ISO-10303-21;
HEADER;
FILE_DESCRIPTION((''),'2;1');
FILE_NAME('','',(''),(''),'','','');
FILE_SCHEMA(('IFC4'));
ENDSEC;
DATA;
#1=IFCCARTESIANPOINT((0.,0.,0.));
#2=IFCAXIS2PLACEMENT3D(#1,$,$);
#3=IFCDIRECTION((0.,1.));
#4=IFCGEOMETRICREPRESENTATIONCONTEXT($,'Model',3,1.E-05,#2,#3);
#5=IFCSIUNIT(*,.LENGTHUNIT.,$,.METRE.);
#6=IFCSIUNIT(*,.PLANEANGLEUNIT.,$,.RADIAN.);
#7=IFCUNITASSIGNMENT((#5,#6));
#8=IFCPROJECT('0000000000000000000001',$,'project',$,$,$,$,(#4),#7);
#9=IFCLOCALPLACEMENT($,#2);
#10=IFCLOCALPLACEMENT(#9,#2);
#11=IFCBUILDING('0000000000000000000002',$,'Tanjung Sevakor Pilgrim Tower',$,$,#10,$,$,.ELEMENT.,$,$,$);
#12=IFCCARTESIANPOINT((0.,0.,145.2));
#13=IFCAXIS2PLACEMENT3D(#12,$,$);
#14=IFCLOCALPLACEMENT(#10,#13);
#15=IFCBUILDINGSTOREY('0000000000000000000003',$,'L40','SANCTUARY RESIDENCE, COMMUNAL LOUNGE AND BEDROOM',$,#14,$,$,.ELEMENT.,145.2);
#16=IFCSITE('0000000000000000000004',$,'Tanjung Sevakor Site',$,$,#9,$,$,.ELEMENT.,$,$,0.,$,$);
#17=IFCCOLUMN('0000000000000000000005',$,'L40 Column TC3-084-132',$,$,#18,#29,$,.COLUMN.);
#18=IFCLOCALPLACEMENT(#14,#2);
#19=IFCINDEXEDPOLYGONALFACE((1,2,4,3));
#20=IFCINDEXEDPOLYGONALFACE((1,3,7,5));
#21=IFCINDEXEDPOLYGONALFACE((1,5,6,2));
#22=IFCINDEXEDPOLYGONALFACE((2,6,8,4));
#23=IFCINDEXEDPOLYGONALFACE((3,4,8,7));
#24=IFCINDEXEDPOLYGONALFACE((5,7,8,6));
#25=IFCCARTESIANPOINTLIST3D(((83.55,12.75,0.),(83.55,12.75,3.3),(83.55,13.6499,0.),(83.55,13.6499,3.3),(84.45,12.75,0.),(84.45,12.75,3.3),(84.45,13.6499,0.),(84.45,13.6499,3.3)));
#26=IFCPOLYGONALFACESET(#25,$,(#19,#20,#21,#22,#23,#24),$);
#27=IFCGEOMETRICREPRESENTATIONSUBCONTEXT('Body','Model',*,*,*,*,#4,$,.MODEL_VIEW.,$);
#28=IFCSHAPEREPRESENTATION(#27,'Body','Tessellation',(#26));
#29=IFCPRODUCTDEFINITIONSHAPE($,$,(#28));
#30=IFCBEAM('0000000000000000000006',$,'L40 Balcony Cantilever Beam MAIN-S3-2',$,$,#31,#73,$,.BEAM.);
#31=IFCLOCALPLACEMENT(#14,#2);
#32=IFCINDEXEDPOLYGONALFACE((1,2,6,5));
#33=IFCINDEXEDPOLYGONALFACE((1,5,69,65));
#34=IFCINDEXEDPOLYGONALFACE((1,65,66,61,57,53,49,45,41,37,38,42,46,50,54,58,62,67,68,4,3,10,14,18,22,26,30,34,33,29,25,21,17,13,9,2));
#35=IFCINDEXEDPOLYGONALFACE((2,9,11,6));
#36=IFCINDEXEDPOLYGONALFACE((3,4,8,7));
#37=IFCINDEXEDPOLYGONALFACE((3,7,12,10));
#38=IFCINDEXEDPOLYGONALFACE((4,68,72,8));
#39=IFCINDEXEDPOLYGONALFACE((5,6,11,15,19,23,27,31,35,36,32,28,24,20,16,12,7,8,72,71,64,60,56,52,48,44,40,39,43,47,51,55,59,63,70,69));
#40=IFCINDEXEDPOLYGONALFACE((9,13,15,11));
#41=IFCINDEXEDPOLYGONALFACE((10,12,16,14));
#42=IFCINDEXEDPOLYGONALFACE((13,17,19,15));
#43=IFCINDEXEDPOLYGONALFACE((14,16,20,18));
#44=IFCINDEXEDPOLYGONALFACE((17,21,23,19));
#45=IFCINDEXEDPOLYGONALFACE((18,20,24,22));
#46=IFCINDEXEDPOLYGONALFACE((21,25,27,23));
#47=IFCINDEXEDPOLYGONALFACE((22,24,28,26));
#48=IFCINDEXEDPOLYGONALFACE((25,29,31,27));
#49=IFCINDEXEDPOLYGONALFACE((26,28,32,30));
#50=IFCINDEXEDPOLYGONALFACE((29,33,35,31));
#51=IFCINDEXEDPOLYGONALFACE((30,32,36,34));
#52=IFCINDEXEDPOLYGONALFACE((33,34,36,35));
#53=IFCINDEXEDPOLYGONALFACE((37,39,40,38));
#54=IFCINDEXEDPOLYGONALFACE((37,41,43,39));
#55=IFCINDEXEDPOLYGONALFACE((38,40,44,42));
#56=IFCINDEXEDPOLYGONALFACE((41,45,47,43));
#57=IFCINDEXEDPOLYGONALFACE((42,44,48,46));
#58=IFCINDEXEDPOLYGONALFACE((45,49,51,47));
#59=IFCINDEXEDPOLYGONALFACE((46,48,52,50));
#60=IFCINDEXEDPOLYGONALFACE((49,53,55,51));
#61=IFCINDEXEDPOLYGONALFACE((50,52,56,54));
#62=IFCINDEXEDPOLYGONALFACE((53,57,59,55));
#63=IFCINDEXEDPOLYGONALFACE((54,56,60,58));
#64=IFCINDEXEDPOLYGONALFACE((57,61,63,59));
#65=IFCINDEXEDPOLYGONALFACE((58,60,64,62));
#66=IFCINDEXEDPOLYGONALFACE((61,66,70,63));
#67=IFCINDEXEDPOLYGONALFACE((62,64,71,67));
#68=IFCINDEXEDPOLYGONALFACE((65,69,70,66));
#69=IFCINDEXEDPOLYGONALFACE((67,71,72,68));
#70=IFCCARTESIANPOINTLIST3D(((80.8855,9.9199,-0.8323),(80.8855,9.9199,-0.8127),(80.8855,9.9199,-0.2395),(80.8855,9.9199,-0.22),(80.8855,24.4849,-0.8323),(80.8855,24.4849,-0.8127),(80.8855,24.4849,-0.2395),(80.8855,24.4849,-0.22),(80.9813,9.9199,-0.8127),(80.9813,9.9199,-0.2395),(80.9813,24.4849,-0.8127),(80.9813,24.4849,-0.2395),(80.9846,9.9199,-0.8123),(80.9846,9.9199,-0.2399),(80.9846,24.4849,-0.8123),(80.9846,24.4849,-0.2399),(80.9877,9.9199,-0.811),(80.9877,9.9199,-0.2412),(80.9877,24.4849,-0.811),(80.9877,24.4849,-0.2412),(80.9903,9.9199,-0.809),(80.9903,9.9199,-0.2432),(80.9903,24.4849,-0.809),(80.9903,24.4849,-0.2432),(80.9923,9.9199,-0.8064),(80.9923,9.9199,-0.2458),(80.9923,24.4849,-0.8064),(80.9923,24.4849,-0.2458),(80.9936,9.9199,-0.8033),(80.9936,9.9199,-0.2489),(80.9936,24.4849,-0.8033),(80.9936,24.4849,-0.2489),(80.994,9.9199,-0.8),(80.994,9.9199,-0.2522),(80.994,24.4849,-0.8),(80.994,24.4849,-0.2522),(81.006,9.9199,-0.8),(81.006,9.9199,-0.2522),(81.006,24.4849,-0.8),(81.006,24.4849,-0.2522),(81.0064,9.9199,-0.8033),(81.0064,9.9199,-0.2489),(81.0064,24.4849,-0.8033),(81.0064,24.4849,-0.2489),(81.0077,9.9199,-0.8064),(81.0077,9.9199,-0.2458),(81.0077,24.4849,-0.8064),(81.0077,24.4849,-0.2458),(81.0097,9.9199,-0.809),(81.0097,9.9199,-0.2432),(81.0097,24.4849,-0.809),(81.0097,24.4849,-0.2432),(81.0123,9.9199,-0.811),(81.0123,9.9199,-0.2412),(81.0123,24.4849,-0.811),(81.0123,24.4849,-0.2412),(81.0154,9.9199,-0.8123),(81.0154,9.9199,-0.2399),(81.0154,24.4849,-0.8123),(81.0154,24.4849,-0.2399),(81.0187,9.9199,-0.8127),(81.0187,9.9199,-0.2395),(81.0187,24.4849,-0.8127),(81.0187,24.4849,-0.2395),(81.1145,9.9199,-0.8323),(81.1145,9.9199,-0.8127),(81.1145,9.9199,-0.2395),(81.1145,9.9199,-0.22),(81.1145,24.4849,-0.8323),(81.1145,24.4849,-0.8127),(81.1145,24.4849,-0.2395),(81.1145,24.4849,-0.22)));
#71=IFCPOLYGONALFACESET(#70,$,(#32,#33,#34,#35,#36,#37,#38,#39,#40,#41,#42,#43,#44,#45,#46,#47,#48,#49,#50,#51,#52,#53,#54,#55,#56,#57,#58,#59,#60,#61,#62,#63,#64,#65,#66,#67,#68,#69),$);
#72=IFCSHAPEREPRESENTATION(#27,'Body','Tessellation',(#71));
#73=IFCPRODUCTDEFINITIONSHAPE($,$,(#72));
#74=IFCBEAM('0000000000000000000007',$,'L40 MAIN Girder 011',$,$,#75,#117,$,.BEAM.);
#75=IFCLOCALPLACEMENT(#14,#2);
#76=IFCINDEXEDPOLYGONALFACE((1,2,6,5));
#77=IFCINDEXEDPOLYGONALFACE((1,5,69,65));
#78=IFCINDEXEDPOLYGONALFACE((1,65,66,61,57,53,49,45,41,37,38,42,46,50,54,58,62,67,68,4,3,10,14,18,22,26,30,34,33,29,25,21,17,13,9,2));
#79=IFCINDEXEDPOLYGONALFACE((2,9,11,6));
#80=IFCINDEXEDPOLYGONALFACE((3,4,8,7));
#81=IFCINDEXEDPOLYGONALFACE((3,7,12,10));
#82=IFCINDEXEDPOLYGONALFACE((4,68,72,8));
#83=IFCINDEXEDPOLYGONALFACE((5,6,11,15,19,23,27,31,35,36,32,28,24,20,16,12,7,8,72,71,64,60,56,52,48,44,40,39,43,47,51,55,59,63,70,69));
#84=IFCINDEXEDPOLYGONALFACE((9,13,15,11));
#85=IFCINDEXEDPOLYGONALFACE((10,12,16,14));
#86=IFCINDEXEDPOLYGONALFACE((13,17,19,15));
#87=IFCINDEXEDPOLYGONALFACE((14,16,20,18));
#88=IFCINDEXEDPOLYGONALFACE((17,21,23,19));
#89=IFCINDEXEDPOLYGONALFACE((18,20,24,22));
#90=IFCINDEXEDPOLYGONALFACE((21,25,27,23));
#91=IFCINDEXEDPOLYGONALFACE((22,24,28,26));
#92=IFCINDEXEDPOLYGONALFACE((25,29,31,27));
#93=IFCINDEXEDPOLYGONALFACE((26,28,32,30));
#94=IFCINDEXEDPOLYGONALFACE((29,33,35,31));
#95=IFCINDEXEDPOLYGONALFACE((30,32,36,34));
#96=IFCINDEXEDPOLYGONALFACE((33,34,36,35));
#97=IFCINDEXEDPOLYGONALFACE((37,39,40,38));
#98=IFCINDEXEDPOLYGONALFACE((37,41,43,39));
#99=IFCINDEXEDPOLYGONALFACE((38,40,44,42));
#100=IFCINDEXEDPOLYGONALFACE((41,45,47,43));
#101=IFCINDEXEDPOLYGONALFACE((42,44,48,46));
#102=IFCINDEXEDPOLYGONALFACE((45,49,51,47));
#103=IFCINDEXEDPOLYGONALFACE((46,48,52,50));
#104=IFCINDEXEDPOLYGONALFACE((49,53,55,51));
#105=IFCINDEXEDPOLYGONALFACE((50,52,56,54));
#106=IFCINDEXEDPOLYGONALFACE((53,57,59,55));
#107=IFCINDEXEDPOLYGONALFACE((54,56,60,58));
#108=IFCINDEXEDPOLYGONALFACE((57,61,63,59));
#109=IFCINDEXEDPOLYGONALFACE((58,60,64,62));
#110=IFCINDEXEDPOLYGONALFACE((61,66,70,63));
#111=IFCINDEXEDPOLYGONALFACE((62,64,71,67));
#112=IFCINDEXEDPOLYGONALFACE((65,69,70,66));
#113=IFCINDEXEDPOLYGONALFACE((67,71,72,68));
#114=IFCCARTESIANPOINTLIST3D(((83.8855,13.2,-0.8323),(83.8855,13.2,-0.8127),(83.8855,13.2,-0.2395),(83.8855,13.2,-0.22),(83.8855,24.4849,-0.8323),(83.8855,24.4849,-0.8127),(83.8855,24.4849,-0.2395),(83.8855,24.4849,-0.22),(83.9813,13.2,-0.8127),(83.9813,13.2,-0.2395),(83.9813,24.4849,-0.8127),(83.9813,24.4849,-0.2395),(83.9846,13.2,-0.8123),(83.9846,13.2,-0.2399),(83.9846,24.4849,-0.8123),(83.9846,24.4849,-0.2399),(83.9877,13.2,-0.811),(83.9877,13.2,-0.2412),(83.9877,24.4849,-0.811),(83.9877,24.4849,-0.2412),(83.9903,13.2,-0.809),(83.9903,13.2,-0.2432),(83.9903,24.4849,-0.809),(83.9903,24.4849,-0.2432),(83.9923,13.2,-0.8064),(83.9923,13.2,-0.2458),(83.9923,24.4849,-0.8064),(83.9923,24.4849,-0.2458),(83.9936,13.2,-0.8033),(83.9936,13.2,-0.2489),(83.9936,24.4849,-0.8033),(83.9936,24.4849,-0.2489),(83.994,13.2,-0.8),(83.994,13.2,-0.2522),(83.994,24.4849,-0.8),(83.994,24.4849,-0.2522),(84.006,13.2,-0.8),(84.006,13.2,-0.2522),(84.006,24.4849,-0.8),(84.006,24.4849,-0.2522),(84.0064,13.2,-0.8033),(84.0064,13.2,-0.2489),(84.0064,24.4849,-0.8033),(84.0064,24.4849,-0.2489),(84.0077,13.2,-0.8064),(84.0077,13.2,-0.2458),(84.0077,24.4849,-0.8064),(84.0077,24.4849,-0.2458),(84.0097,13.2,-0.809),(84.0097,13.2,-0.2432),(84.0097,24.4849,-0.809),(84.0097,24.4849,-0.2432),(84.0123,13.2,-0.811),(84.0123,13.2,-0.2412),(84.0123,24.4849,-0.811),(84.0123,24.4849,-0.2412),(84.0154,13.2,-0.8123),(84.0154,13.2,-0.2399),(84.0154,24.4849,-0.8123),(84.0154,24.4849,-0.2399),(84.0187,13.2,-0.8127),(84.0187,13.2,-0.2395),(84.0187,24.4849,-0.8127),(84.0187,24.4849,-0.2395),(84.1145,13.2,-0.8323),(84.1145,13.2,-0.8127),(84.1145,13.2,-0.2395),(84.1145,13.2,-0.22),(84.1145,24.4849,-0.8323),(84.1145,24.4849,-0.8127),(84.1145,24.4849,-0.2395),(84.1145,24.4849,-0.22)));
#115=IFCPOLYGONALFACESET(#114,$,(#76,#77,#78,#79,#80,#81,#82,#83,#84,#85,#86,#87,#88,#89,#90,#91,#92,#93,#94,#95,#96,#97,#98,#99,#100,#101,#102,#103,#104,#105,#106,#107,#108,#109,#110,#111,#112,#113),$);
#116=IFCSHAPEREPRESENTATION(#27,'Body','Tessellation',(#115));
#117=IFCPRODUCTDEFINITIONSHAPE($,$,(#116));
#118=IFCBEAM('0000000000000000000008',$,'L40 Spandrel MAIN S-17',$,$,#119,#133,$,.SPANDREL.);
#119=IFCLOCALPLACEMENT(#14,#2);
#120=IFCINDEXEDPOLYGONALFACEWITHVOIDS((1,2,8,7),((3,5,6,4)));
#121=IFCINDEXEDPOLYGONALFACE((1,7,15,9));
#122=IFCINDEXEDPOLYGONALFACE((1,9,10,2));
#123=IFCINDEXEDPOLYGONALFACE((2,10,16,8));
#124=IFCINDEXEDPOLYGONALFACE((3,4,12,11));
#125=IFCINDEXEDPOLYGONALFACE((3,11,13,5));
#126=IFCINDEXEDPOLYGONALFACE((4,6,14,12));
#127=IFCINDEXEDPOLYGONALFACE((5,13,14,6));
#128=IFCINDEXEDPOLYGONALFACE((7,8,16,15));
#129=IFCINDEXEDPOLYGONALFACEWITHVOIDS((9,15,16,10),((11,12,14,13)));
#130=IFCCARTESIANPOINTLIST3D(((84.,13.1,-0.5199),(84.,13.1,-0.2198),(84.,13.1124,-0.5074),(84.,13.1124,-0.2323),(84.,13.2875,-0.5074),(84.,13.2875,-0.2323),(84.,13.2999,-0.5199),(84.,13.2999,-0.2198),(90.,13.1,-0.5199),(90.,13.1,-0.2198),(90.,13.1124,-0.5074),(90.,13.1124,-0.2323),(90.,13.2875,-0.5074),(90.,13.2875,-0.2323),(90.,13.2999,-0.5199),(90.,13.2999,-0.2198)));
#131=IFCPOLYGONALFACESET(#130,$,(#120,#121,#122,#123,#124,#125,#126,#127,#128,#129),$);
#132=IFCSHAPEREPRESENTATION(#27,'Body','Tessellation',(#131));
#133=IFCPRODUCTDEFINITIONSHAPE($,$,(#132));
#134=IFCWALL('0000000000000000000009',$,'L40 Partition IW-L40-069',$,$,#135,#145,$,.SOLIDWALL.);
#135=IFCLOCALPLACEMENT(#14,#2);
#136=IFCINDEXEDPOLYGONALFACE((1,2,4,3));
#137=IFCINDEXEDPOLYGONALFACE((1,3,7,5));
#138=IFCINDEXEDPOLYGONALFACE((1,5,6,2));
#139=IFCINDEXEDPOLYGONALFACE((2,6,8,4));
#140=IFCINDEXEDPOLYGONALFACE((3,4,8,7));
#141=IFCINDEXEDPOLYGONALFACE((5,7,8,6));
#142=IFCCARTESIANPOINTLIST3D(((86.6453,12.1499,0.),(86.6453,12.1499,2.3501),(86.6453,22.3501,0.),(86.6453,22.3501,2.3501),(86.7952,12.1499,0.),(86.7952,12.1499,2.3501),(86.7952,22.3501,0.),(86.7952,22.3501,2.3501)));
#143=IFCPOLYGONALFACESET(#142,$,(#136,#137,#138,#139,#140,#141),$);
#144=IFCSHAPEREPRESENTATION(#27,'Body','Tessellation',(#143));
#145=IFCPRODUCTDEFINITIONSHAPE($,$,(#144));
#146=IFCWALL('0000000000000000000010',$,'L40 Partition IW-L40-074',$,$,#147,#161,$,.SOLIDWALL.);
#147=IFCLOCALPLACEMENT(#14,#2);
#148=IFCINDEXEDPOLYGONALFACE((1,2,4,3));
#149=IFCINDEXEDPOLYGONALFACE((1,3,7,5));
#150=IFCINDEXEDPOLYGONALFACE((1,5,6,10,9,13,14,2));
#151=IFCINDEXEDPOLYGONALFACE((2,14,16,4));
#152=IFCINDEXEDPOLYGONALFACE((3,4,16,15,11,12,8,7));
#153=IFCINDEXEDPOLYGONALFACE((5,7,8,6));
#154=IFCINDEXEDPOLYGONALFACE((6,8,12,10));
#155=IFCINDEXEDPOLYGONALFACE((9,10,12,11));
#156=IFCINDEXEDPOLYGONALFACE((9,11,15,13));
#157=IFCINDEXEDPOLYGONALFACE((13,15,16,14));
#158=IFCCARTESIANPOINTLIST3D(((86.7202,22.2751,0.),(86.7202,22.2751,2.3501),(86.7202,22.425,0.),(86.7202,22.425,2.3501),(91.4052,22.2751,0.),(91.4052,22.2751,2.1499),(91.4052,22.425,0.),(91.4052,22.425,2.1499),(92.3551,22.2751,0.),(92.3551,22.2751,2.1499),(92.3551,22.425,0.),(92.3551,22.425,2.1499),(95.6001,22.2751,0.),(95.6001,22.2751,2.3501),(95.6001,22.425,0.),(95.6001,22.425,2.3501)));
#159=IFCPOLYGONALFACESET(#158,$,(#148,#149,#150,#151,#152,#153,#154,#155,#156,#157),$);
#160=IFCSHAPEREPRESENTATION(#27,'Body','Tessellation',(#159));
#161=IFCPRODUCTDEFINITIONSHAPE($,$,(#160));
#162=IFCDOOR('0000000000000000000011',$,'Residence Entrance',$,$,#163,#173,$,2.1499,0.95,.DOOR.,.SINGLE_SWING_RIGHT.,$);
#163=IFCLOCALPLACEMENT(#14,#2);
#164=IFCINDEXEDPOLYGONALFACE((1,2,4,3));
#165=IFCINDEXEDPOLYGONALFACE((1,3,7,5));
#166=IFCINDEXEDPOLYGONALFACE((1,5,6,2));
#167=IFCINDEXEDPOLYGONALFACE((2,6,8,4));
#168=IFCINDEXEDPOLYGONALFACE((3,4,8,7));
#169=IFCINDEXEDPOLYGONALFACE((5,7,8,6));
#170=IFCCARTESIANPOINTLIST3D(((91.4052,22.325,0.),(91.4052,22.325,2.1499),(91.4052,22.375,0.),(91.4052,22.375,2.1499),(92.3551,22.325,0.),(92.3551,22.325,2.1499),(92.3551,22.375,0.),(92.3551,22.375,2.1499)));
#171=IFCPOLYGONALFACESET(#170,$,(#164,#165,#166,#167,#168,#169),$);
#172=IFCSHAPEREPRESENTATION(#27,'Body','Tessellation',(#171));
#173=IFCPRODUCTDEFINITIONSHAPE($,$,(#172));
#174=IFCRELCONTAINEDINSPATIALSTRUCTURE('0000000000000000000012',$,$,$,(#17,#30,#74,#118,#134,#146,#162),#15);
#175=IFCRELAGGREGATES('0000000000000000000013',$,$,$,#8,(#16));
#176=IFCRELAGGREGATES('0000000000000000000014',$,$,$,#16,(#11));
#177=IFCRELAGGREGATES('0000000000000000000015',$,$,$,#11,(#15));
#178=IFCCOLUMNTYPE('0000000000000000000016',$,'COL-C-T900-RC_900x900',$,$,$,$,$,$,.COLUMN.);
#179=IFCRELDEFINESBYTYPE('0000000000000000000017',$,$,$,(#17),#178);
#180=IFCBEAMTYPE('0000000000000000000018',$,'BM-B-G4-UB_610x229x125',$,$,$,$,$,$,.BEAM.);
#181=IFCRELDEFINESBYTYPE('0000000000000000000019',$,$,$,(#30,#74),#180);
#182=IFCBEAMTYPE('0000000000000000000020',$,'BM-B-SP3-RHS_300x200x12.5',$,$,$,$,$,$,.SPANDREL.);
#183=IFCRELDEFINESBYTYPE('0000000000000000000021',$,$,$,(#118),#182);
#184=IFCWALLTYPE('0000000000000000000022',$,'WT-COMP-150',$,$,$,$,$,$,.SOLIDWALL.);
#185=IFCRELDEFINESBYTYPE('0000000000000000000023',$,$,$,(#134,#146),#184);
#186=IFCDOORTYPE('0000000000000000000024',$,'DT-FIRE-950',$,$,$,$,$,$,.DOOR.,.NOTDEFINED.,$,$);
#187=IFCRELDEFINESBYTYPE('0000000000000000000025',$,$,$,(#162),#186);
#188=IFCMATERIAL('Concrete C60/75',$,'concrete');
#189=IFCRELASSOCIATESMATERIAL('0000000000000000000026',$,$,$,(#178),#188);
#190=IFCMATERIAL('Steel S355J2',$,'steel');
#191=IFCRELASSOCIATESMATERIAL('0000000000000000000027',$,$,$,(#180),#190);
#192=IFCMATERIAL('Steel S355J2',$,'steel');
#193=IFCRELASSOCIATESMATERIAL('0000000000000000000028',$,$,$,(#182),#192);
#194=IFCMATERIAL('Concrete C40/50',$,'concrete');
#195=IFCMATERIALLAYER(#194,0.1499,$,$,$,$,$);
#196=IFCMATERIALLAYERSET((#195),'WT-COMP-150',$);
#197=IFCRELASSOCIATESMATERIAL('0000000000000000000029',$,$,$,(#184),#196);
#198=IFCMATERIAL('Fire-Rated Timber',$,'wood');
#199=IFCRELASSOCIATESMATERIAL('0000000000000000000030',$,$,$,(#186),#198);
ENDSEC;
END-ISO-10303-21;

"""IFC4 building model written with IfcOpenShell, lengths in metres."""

from ifc_helpers import new_model, si_unit, direction, frame, frame_2d, origin, origin_2d, place, context, subcontext, project, spatial, rectangle, hollow_rectangle, i_section, extrude, material, layer, layer_set, material_profile, profile_set, type_object, element, fill, save


model = new_model("IFC4")

# Units and contexts
model_context = context("Model", 3, precision=1e-05, world=origin(), true_north=direction((0.0, 1.0)))
body_context = subcontext(model_context, "Body", "Model", "MODEL_VIEW")
ifc_project = project(units=[si_unit("LENGTHUNIT", "METRE"), si_unit("PLANEANGLEUNIT", "RADIAN")], contexts=[model_context])

# Site, building, storey
site_placement = place(None, origin())
site = spatial("IfcSite", under=ifc_project, at=site_placement, Name="Tanjung Sevakor Site", CompositionType="ELEMENT", RefElevation=0.0)
building_placement = place(site_placement, origin())
building = spatial("IfcBuilding", under=site, at=building_placement, Name="Tanjung Sevakor Pilgrim Tower", CompositionType="ELEMENT")
storey_placement = place(building_placement, frame((0.0, 0.0, 145.2)))
storey = spatial("IfcBuildingStorey", under=building, at=storey_placement, Name="L40", Description="SANCTUARY RESIDENCE, COMMUNAL LOUNGE AND BEDROOM", CompositionType="ELEMENT", Elevation=145.2)

# Column
ifc_material_1 = material(Name="Concrete C60/75", Category="concrete")
ifc_material_profile_1 = material_profile(ifc_material_1, rectangle(XDim=0.8999, YDim=0.8999, at=origin_2d()))
ifc_profile_set_1 = profile_set([ifc_material_profile_1], Name="Concrete C60/75")
column_type = type_object("IfcColumnType", Name="COL-C-T900-RC_900x900", PredefinedType="COLUMN", material=ifc_profile_set_1)
column_placement = place(storey_placement, frame((84.0, 13.2, 0.0), z_axis=(0.0, 0.0, 1.0), x_axis=(1.0, 0.0, 0.0)))
element("IfcColumn", 1, at=column_placement, inside=storey, type_object=column_type, Name="L40 Column TC3-084-132", PredefinedType="COLUMN", context=body_context, shape_type="SweptSolid", body=[
    extrude(rectangle(XDim=0.8999, YDim=0.8999, at=origin_2d()), origin(), (0.0, 0.0, 1.0), 3.3),
])

# Beams
ifc_material_2 = material(Name="Steel S355J2", Category="steel")
ifc_material_profile_2 = material_profile(ifc_material_2, i_section(OverallWidth=0.229, OverallDepth=0.6123, WebThickness=0.012, FlangeThickness=0.0195, FilletRadius=0.0127, at=origin_2d()))
ifc_profile_set_2 = profile_set([ifc_material_profile_2], Name="Steel S355J2")
beam_type_1 = type_object("IfcBeamType", Name="BM-B-G4-UB_610x229x125", PredefinedType="BEAM", material=ifc_profile_set_2)
beam_1_placement = place(storey_placement, frame((81.0, 24.4849, -0.5261), z_axis=(0.0, -1.0, 0.0), x_axis=(1.0, 0.0, 0.0)))
element("IfcBeam", 2, at=beam_1_placement, inside=storey, type_object=beam_type_1, Name="L40 Balcony Cantilever Beam MAIN-S3-2", PredefinedType="BEAM", context=body_context, shape_type="SweptSolid", body=[
    extrude(i_section(OverallWidth=0.229, OverallDepth=0.6123, WebThickness=0.012, FlangeThickness=0.0195, FilletRadius=0.0127, at=origin_2d()), origin(), (0.0, 0.0, 1.0), 14.5649),
])
beam_2_placement = place(storey_placement, frame((84.0, 13.2, -0.5261), z_axis=(0.0, 1.0, 0.0), x_axis=(-1.0, 0.0, 0.0)))
element("IfcBeam", 3, at=beam_2_placement, inside=storey, type_object=beam_type_1, Name="L40 MAIN Girder 011", PredefinedType="BEAM", context=body_context, shape_type="SweptSolid", body=[
    extrude(i_section(OverallWidth=0.229, OverallDepth=0.6123, WebThickness=0.012, FlangeThickness=0.0195, FilletRadius=0.0127, at=origin_2d()), origin(), (0.0, 0.0, 1.0), 11.2849),
])
ifc_material_3 = material(Name="Steel S355J2", Category="steel")
ifc_material_profile_3 = material_profile(ifc_material_3, hollow_rectangle(XDim=0.2, YDim=0.3, WallThickness=0.0125, at=origin_2d()))
ifc_profile_set_3 = profile_set([ifc_material_profile_3], Name="Steel S355J2")
beam_type_2 = type_object("IfcBeamType", Name="BM-B-SP3-RHS_300x200x12.5", PredefinedType="SPANDREL", material=ifc_profile_set_3)
beam_3_placement = place(storey_placement, frame((84.0, 13.2, -0.3699), z_axis=(1.0, 0.0, 0.0), x_axis=(0.0, 1.0, 0.0)))
element("IfcBeam", 4, at=beam_3_placement, inside=storey, type_object=beam_type_2, Name="L40 Spandrel MAIN S-17", PredefinedType="SPANDREL", context=body_context, shape_type="SweptSolid", body=[
    extrude(hollow_rectangle(XDim=0.2, YDim=0.3, WallThickness=0.0125, at=origin_2d()), origin(), (0.0, 0.0, 1.0), 6.0),
])

# Wall
ifc_material_4 = material(Name="Concrete C40/50", Category="concrete")
ifc_layer_1 = layer(ifc_material_4, 0.1499)
ifc_layer_set_1 = layer_set([ifc_layer_1], Name="WT-COMP-150")
wall_type_1 = type_object("IfcWallType", Name="WT-COMP-150", PredefinedType="SOLIDWALL", material=ifc_layer_set_1)
wall_1_placement = place(storey_placement, frame((86.7202, 12.1499, 0.0), z_axis=(0.0, 0.0, 1.0), x_axis=(0.0, 1.0, 0.0)))
element("IfcWall", 5, at=wall_1_placement, inside=storey, type_object=wall_type_1, Name="L40 Partition IW-L40-069", PredefinedType="SOLIDWALL", context=body_context, shape_type="SweptSolid", body=[
    extrude(rectangle(XDim=10.2002, YDim=0.1499, at=frame_2d((5.1001, 0.0))), origin(), (0.0, 0.0, 1.0), 2.3501),
])

# Wall, opening, door
wall_2_placement = place(storey_placement, frame((86.7202, 22.3501, 0.0), z_axis=(0.0, 0.0, 1.0), x_axis=(1.0, 0.0, 0.0)))
wall_2 = element("IfcWall", 6, at=wall_2_placement, inside=storey, type_object=wall_type_1, Name="L40 Partition IW-L40-074", PredefinedType="SOLIDWALL", context=body_context, shape_type="SweptSolid", body=[
    extrude(rectangle(XDim=8.8799, YDim=0.1499, at=frame_2d((4.4399, 0.0))), origin(), (0.0, 0.0, 1.0), 2.3501),
])
opening_1_placement = place(wall_2_placement, frame((4.6848, 0.0, 0.0)))
opening_1 = element("IfcOpeningElement", 7, at=opening_1_placement, cuts=wall_2, PredefinedType="OPENING", context=body_context, shape_type="SweptSolid", body=[
    extrude(rectangle(XDim=0.95, YDim=2.1499, at=frame_2d((0.4751, 1.075))), frame((0.0, 0.085, 0.0), z_axis=(0.0, -1.0, 0.0), x_axis=(1.0, 0.0, 0.0)), (0.0, 0.0, 1.0), 0.1699),
])
ifc_material_5 = material(Name="Fire-Rated Timber", Category="wood")
door_type_1 = type_object("IfcDoorType", Name="DT-FIRE-950", OperationType="NOTDEFINED", PredefinedType="DOOR", material=ifc_material_5)
door_1_placement = place(opening_1_placement, origin())
door_1 = element("IfcDoor", 8, at=door_1_placement, inside=storey, type_object=door_type_1, Name="Residence Entrance", OperationType="SINGLE_SWING_RIGHT", OverallHeight=2.1499, OverallWidth=0.95, PredefinedType="DOOR", context=body_context, shape_type="SweptSolid", body=[
    extrude(rectangle(XDim=0.95, YDim=2.1499, at=frame_2d((0.4751, 1.075))), frame((0.0, 0.0249, 0.0), z_axis=(0.0, -1.0, 0.0), x_axis=(1.0, 0.0, 0.0)), (0.0, 0.0, 1.0), 0.05),
])
fill(opening_1, door_1)

save(model, "model.ifc")
